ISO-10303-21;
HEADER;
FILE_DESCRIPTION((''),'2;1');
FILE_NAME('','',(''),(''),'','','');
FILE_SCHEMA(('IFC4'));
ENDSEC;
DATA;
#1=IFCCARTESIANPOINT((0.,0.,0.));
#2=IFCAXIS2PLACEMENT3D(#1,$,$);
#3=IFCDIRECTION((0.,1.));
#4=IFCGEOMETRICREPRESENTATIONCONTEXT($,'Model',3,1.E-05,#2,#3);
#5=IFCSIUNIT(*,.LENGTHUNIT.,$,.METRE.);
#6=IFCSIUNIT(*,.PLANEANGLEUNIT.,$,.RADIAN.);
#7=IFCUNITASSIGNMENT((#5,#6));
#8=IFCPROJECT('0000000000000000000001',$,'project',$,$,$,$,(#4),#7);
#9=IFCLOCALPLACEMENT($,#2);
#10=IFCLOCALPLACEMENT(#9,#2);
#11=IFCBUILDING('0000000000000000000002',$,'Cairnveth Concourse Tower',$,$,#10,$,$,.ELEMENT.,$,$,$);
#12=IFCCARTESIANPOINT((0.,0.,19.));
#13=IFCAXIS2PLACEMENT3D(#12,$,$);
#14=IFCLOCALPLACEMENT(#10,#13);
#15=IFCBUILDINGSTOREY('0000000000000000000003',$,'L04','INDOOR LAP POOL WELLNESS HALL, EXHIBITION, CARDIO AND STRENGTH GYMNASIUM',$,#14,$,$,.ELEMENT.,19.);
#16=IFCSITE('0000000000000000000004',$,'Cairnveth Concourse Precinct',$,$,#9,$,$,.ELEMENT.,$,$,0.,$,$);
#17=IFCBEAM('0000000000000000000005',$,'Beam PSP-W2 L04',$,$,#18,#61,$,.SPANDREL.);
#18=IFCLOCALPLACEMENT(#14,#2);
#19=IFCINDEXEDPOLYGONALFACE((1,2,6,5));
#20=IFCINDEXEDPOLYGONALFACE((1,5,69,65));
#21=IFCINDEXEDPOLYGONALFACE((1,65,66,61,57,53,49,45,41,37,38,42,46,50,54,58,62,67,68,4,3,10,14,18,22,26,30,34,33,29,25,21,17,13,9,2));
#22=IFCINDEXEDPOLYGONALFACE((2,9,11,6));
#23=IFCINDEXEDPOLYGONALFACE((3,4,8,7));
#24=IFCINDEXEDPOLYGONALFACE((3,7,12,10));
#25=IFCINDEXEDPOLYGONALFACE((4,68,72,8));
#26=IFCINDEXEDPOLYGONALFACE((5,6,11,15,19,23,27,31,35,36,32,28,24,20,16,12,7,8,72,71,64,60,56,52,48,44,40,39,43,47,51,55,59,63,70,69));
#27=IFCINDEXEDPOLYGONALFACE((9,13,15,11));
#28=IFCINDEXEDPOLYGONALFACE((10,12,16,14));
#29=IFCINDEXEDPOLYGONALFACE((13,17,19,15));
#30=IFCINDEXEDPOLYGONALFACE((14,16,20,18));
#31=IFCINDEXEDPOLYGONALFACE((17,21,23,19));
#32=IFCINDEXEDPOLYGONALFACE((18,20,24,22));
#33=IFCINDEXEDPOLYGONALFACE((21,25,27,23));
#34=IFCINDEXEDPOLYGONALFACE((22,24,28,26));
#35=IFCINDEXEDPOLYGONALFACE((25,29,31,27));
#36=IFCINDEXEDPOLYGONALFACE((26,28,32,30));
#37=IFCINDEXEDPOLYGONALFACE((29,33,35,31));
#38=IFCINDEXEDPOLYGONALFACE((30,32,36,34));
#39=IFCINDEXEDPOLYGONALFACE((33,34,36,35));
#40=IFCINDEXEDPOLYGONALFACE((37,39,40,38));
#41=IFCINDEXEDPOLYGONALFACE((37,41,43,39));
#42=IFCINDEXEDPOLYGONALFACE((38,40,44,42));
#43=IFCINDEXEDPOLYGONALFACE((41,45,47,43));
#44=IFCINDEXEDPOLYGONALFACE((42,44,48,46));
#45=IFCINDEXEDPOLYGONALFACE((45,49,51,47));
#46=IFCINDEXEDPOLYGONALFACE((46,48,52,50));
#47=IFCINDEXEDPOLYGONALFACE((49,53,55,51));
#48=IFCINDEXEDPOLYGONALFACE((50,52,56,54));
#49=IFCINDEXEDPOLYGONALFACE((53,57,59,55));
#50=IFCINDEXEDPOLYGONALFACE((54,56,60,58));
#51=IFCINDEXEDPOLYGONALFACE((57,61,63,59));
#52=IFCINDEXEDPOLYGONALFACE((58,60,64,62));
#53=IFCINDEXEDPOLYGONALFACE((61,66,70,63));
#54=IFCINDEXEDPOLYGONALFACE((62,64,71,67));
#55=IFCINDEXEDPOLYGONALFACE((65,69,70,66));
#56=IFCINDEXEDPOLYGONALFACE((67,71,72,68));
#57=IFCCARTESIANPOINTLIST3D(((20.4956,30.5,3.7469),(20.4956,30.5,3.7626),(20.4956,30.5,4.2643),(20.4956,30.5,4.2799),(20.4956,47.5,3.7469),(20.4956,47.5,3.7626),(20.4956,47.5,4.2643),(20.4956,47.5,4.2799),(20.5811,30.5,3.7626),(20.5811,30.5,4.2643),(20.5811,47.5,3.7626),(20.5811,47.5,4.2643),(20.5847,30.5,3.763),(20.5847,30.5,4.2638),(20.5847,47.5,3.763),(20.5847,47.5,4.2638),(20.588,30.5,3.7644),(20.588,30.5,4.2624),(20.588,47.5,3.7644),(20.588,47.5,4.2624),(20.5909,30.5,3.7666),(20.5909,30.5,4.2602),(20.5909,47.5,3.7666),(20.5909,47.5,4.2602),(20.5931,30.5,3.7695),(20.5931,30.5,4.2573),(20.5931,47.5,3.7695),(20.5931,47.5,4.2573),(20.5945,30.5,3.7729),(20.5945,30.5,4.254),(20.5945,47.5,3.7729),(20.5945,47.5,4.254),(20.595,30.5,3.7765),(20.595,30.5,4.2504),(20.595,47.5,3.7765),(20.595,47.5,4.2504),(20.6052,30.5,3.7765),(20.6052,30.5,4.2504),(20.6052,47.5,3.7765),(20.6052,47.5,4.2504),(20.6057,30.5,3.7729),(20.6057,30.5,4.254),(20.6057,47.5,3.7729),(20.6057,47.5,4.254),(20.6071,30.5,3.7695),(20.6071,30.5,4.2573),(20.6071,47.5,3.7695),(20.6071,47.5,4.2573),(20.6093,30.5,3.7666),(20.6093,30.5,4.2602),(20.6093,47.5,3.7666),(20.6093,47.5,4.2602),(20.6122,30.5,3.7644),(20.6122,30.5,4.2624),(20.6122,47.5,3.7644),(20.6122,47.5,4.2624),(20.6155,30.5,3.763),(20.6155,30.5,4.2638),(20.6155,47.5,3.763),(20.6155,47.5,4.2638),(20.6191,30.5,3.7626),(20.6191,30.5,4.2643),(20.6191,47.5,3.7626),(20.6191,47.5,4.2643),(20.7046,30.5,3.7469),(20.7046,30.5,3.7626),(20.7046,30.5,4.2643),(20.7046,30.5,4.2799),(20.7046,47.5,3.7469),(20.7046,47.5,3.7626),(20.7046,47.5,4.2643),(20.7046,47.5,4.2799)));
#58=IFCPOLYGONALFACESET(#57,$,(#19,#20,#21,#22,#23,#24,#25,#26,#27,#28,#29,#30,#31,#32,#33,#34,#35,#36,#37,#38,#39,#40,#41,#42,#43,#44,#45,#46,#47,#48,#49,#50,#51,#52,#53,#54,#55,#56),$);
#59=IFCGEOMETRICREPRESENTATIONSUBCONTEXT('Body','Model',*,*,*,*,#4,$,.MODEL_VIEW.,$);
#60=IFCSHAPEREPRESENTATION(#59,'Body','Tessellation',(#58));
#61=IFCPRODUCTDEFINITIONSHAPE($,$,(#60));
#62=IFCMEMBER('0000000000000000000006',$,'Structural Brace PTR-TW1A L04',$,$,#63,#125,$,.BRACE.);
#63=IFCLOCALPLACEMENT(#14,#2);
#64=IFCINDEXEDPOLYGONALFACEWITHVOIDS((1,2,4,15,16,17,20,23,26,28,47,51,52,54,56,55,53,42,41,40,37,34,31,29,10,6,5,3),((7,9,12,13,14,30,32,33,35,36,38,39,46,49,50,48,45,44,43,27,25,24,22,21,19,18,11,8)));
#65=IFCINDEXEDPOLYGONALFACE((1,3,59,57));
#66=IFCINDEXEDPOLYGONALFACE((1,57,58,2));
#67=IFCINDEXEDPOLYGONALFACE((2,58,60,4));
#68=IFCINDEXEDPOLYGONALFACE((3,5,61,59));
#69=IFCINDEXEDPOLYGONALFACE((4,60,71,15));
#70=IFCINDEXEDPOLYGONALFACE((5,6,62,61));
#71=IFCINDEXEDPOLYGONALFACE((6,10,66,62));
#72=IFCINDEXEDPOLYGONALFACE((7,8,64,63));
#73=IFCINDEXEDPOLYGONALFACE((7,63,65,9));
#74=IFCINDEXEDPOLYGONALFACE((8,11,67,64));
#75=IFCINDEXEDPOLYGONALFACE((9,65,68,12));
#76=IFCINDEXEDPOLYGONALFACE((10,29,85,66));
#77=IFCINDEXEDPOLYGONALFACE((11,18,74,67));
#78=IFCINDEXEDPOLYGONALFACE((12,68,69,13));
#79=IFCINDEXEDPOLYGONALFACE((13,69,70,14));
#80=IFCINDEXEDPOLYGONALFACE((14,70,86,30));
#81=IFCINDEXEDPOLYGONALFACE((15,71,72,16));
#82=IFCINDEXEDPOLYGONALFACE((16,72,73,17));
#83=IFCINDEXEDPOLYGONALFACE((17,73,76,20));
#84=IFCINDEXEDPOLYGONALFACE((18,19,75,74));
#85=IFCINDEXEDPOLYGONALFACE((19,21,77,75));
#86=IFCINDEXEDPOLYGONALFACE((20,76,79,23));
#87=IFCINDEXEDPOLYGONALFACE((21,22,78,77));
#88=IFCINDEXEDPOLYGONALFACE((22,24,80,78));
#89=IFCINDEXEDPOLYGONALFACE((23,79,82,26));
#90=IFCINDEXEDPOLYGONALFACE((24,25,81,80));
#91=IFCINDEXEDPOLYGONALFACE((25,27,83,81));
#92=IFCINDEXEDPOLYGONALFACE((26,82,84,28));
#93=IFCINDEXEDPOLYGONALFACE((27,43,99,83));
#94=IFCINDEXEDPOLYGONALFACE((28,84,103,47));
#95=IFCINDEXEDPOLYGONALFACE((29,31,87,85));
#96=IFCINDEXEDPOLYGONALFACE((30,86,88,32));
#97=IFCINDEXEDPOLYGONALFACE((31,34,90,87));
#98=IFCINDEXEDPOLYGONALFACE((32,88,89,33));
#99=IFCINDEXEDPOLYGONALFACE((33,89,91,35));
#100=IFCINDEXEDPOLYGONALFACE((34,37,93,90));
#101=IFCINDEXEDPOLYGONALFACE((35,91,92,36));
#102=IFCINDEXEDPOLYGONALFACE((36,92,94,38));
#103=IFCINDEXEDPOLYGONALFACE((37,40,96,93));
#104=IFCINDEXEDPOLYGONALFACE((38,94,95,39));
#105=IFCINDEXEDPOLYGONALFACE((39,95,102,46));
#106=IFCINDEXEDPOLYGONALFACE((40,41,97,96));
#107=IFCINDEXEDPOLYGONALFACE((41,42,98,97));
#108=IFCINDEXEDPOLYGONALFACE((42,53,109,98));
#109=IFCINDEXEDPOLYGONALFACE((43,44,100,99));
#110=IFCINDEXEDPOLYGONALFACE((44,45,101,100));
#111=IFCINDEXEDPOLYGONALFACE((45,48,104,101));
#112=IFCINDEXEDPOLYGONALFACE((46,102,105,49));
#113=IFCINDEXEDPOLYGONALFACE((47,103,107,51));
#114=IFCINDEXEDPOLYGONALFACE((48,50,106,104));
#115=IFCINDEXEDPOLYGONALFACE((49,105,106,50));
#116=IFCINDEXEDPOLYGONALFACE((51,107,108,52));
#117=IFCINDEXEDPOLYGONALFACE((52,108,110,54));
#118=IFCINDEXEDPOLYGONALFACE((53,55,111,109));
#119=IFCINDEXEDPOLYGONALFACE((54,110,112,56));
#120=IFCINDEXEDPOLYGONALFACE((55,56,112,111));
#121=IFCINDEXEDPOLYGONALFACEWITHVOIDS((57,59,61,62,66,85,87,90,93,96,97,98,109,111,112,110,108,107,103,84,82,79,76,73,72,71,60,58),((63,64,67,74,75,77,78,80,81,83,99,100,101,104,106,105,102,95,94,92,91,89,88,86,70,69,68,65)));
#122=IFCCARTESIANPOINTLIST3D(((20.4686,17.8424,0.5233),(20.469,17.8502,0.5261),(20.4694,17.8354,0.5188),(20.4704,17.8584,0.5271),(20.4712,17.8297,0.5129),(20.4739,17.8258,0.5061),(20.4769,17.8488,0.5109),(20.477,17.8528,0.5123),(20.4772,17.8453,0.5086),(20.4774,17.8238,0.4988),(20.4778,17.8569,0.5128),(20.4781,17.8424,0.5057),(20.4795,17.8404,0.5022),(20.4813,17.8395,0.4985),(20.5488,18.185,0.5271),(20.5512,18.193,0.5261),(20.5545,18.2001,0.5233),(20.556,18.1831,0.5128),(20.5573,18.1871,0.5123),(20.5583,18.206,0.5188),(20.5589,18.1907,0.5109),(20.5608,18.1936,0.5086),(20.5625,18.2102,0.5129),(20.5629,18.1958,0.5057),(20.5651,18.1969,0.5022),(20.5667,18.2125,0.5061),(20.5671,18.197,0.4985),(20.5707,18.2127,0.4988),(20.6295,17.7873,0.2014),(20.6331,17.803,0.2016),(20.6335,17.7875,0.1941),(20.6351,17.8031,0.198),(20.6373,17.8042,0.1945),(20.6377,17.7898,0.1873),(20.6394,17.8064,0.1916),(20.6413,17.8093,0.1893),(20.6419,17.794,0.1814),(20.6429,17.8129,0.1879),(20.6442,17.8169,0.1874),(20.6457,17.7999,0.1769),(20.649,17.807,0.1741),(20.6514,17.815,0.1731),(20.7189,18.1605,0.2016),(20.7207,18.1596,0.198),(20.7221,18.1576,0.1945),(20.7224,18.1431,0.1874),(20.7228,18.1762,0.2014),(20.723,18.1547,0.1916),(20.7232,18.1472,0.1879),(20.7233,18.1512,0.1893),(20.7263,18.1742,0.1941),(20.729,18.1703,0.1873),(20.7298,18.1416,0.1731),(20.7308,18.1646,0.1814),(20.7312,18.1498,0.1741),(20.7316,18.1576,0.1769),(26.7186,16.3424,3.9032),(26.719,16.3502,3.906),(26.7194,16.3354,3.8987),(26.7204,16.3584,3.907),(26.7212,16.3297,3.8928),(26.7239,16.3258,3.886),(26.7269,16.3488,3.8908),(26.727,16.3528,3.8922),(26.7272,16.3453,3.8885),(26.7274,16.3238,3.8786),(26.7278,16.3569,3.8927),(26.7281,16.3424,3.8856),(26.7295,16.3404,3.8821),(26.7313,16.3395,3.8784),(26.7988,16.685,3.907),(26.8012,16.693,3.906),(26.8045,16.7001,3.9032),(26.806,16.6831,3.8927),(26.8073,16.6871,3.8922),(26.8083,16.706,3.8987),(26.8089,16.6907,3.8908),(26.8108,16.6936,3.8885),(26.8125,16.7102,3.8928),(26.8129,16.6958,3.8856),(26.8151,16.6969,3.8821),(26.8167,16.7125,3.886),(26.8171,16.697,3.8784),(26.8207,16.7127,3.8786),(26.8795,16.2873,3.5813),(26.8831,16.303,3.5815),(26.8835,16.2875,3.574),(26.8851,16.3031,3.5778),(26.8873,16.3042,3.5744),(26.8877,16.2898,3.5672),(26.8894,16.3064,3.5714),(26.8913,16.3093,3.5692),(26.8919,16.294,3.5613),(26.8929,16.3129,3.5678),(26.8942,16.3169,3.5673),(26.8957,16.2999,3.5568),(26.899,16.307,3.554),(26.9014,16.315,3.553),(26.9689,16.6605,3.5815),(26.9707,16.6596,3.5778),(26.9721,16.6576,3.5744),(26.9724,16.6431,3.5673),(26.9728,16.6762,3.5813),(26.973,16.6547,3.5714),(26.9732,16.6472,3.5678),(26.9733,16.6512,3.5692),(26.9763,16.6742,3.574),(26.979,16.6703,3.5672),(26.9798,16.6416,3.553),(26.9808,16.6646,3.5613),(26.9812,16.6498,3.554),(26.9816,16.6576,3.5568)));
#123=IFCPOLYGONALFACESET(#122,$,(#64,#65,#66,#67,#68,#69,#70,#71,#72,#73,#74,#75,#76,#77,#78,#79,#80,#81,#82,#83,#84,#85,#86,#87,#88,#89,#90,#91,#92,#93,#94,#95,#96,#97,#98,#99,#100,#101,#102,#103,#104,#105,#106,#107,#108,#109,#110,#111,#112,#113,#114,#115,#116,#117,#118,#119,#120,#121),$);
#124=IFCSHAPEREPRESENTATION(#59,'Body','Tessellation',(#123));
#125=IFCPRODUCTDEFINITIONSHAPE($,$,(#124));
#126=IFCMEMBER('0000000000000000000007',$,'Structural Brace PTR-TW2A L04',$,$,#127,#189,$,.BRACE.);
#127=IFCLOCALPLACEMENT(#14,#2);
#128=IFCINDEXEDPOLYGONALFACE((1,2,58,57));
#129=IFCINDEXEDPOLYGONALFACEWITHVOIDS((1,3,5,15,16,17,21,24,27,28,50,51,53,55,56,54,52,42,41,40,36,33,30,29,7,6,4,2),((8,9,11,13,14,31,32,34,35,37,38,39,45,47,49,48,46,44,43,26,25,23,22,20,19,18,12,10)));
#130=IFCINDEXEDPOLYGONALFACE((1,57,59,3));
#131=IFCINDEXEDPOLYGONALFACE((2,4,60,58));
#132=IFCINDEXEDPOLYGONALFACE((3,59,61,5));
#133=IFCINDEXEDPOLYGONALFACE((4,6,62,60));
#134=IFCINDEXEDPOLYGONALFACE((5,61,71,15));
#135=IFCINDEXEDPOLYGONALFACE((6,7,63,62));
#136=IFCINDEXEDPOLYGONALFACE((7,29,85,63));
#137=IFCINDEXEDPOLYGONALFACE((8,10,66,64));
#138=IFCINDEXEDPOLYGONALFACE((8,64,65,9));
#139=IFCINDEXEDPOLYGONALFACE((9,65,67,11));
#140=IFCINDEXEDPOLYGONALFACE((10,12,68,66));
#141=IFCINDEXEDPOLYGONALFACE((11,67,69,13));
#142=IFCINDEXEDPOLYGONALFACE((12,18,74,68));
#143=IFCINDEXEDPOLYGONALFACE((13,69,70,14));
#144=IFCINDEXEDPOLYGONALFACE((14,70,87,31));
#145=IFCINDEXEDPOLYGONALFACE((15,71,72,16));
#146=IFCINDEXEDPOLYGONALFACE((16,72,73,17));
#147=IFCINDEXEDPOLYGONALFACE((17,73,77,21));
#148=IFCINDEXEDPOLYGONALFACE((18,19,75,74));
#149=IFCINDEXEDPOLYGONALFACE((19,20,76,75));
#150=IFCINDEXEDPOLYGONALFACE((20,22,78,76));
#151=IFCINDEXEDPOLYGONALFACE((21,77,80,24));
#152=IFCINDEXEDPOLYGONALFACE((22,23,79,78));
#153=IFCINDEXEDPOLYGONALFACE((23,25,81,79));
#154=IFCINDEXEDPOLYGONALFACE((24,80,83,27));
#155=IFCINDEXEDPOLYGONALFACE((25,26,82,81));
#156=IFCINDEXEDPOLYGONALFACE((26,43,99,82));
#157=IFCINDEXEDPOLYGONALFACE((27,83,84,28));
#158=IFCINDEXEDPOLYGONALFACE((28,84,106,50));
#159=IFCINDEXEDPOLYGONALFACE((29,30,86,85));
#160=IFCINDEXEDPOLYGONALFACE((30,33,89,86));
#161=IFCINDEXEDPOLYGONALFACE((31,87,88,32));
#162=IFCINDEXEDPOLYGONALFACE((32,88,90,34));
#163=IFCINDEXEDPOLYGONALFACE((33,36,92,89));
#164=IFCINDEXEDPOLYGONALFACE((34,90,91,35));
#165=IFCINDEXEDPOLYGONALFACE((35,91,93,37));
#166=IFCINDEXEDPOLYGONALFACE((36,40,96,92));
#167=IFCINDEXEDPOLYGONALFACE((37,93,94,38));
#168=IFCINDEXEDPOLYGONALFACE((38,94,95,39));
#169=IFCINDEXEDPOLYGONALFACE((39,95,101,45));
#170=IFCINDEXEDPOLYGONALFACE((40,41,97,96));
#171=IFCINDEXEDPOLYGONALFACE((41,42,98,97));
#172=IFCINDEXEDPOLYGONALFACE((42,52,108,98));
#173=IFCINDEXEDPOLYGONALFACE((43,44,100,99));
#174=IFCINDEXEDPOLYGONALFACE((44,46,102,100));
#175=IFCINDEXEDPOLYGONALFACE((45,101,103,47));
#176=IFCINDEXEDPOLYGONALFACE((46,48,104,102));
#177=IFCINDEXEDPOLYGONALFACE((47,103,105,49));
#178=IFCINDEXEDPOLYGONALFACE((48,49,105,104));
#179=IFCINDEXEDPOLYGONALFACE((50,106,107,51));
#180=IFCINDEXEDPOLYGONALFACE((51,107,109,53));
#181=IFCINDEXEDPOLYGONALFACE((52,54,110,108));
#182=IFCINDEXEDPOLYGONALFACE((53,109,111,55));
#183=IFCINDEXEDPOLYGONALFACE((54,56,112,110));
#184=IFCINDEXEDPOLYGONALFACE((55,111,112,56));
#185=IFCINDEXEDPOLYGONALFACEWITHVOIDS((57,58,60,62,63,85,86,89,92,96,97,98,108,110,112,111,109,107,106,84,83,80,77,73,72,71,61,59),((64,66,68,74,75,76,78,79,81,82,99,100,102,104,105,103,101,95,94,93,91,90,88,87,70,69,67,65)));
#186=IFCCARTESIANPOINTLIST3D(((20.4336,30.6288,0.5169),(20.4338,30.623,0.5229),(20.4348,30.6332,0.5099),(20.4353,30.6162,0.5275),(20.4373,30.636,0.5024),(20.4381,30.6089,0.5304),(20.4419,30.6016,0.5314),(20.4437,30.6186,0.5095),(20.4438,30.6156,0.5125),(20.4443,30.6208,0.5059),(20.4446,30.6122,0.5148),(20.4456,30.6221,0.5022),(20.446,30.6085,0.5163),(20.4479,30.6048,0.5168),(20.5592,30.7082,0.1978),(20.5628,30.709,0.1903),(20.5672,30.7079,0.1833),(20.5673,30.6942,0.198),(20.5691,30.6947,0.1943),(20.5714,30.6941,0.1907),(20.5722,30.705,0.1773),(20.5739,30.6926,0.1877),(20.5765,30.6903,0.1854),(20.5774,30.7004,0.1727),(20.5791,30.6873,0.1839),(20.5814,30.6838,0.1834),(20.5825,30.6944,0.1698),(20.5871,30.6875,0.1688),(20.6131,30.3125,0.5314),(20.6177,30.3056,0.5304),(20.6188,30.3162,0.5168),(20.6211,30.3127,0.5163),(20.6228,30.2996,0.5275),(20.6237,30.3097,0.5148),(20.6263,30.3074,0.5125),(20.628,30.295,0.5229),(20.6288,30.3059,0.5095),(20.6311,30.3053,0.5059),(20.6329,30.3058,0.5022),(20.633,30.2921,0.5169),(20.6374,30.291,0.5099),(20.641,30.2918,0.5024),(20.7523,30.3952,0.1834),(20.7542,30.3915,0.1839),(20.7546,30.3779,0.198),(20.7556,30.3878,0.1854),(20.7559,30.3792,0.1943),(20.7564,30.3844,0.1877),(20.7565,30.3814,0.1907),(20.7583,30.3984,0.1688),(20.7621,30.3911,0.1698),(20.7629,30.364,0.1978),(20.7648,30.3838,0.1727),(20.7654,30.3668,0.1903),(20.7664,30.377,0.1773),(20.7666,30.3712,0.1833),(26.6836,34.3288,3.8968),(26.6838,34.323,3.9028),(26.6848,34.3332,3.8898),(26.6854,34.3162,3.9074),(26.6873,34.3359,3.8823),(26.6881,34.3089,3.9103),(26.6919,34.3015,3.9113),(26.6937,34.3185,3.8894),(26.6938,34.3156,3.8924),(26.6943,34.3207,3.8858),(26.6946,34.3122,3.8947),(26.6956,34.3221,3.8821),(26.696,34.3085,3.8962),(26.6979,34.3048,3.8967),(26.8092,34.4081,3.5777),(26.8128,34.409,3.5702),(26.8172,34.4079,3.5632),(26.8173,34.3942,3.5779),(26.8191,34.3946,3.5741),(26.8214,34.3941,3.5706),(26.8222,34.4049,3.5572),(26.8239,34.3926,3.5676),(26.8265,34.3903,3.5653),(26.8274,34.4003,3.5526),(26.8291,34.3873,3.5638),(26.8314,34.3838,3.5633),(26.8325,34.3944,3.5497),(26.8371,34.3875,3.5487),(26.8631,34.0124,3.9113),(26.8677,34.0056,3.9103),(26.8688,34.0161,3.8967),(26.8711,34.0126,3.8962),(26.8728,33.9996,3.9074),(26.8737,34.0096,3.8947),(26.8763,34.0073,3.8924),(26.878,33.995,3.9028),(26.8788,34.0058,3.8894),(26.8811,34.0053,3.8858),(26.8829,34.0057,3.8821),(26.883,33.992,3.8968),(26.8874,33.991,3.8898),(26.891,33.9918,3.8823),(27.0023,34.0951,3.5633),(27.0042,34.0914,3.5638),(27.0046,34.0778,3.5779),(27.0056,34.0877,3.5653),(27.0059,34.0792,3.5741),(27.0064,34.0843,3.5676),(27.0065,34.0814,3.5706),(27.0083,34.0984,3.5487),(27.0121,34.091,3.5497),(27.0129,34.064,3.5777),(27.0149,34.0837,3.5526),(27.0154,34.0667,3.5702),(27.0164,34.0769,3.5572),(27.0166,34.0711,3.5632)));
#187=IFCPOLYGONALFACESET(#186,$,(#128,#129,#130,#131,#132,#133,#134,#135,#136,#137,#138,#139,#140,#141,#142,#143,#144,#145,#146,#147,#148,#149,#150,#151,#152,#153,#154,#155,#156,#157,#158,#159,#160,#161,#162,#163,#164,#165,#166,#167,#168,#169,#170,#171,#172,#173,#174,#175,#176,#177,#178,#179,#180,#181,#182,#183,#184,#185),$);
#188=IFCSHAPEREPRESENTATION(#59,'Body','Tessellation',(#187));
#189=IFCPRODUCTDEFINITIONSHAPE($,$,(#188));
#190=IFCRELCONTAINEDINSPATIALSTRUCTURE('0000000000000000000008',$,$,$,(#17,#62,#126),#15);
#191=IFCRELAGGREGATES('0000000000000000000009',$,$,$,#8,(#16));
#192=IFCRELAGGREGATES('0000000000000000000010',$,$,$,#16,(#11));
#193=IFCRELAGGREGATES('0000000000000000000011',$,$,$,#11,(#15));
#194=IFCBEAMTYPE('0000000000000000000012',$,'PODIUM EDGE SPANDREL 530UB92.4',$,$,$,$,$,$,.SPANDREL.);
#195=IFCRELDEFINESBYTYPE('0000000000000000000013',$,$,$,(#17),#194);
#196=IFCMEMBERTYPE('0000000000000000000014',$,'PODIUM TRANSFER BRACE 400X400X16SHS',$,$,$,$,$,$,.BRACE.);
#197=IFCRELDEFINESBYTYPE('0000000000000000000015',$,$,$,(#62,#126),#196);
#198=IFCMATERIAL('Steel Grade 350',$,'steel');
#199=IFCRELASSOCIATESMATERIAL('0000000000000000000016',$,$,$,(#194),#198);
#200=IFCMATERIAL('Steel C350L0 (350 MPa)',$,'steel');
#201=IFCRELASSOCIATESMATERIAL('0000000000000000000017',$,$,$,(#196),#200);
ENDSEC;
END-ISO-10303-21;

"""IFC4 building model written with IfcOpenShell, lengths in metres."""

from ifc_helpers import new_model, si_unit, direction, frame, origin, origin_2d, place, context, subcontext, project, spatial, hollow_rectangle, i_section, extrude, material, material_profile, profile_set, type_object, element, save


model = new_model("IFC4")

# Units and contexts
model_context = context("Model", 3, precision=1e-05, world=origin(), true_north=direction((0.0, 1.0)))
body_context = subcontext(model_context, "Body", "Model", "MODEL_VIEW")
ifc_project = project(units=[si_unit("LENGTHUNIT", "METRE"), si_unit("PLANEANGLEUNIT", "RADIAN")], contexts=[model_context])

# Site, building, storey
site_placement = place(None, origin())
site = spatial("IfcSite", under=ifc_project, at=site_placement, Name="Cairnveth Concourse Precinct", CompositionType="ELEMENT", RefElevation=0.0)
building_placement = place(site_placement, origin())
building = spatial("IfcBuilding", under=site, at=building_placement, Name="Cairnveth Concourse Tower", CompositionType="ELEMENT")
storey_placement = place(building_placement, frame((0.0, 0.0, 19.0)))
storey = spatial("IfcBuildingStorey", under=building, at=storey_placement, Name="L04", Description="INDOOR LAP POOL WELLNESS HALL, EXHIBITION, CARDIO AND STRENGTH GYMNASIUM", CompositionType="ELEMENT", Elevation=19.0)

# Shared definitions
ifc_material_1 = material(Name="Steel Grade 350", Category="steel")

# Beam
ifc_material_profile_1 = material_profile(ifc_material_1, i_section(OverallWidth=0.209, OverallDepth=0.533, WebThickness=0.0103, FlangeThickness=0.0156, FilletRadius=0.0139, at=origin_2d()), Name="530UB92.4")
ifc_profile_set_1 = profile_set([ifc_material_profile_1], Name="Steel Grade 350")
beam_type_1 = type_object("IfcBeamType", Name="PODIUM EDGE SPANDREL 530UB92.4", PredefinedType="SPANDREL", material=ifc_profile_set_1)
beam_1_placement = place(storey_placement, frame((20.6001, 30.5, 4.0134), z_axis=(0.0, 1.0, 0.0), x_axis=(-1.0, 0.0, 0.0)))
element("IfcBeam", 1, at=beam_1_placement, inside=storey, type_object=beam_type_1, Name="Beam PSP-W2 L04", PredefinedType="SPANDREL", context=body_context, shape_type="SweptSolid", body=[
    extrude(i_section(OverallWidth=0.209, OverallDepth=0.533, WebThickness=0.0103, FlangeThickness=0.0156, FilletRadius=0.0139, at=origin_2d()), origin(), (0.0, 0.0, 1.0), 17.0),
])

# Members
ifc_material_2 = material(Name="Steel C350L0 (350 MPa)", Category="steel")
ifc_material_profile_2 = material_profile(ifc_material_2, hollow_rectangle(XDim=0.3999, YDim=0.3999, WallThickness=0.0161, InnerFilletRadius=0.0161, OuterFilletRadius=0.032, at=origin_2d()), Name="400x400x16.0SHS")
ifc_profile_set_2 = profile_set([ifc_material_profile_2], Name="Steel C350L0 (350 MPa)")
member_type = type_object("IfcMemberType", Name="PODIUM TRANSFER BRACE 400X400X16SHS", PredefinedType="BRACE", material=ifc_profile_set_2)
member_1_placement = place(storey_placement, frame((20.6001, 18.0, 0.3501), z_axis=(0.860649, -0.206556, 0.465423), x_axis=(0.233373, 0.972387, 0.0)))
element("IfcMember", 2, at=member_1_placement, inside=storey, type_object=member_type, Name="Structural Brace PTR-TW1A L04", PredefinedType="BRACE", context=body_context, shape_type="SweptSolid", body=[
    extrude(hollow_rectangle(XDim=0.3999, YDim=0.3999, WallThickness=0.0161, InnerFilletRadius=0.0161, OuterFilletRadius=0.032, at=origin_2d()), origin(), (0.0, 0.0, 1.0), 7.262),
])
member_2_placement = place(storey_placement, frame((20.6001, 30.5, 0.3501), z_axis=(0.78018, 0.46186, 0.421906), x_axis=(-0.50942, 0.860518, 0.0)))
element("IfcMember", 3, at=member_2_placement, inside=storey, type_object=member_type, Name="Structural Brace PTR-TW2A L04", PredefinedType="BRACE", context=body_context, shape_type="SweptSolid", body=[
    extrude(hollow_rectangle(XDim=0.3999, YDim=0.3999, WallThickness=0.0161, InnerFilletRadius=0.0161, OuterFilletRadius=0.032, at=origin_2d()), origin(), (0.0, 0.0, 1.0), 8.011),
])

save(model, "model.ifc")
